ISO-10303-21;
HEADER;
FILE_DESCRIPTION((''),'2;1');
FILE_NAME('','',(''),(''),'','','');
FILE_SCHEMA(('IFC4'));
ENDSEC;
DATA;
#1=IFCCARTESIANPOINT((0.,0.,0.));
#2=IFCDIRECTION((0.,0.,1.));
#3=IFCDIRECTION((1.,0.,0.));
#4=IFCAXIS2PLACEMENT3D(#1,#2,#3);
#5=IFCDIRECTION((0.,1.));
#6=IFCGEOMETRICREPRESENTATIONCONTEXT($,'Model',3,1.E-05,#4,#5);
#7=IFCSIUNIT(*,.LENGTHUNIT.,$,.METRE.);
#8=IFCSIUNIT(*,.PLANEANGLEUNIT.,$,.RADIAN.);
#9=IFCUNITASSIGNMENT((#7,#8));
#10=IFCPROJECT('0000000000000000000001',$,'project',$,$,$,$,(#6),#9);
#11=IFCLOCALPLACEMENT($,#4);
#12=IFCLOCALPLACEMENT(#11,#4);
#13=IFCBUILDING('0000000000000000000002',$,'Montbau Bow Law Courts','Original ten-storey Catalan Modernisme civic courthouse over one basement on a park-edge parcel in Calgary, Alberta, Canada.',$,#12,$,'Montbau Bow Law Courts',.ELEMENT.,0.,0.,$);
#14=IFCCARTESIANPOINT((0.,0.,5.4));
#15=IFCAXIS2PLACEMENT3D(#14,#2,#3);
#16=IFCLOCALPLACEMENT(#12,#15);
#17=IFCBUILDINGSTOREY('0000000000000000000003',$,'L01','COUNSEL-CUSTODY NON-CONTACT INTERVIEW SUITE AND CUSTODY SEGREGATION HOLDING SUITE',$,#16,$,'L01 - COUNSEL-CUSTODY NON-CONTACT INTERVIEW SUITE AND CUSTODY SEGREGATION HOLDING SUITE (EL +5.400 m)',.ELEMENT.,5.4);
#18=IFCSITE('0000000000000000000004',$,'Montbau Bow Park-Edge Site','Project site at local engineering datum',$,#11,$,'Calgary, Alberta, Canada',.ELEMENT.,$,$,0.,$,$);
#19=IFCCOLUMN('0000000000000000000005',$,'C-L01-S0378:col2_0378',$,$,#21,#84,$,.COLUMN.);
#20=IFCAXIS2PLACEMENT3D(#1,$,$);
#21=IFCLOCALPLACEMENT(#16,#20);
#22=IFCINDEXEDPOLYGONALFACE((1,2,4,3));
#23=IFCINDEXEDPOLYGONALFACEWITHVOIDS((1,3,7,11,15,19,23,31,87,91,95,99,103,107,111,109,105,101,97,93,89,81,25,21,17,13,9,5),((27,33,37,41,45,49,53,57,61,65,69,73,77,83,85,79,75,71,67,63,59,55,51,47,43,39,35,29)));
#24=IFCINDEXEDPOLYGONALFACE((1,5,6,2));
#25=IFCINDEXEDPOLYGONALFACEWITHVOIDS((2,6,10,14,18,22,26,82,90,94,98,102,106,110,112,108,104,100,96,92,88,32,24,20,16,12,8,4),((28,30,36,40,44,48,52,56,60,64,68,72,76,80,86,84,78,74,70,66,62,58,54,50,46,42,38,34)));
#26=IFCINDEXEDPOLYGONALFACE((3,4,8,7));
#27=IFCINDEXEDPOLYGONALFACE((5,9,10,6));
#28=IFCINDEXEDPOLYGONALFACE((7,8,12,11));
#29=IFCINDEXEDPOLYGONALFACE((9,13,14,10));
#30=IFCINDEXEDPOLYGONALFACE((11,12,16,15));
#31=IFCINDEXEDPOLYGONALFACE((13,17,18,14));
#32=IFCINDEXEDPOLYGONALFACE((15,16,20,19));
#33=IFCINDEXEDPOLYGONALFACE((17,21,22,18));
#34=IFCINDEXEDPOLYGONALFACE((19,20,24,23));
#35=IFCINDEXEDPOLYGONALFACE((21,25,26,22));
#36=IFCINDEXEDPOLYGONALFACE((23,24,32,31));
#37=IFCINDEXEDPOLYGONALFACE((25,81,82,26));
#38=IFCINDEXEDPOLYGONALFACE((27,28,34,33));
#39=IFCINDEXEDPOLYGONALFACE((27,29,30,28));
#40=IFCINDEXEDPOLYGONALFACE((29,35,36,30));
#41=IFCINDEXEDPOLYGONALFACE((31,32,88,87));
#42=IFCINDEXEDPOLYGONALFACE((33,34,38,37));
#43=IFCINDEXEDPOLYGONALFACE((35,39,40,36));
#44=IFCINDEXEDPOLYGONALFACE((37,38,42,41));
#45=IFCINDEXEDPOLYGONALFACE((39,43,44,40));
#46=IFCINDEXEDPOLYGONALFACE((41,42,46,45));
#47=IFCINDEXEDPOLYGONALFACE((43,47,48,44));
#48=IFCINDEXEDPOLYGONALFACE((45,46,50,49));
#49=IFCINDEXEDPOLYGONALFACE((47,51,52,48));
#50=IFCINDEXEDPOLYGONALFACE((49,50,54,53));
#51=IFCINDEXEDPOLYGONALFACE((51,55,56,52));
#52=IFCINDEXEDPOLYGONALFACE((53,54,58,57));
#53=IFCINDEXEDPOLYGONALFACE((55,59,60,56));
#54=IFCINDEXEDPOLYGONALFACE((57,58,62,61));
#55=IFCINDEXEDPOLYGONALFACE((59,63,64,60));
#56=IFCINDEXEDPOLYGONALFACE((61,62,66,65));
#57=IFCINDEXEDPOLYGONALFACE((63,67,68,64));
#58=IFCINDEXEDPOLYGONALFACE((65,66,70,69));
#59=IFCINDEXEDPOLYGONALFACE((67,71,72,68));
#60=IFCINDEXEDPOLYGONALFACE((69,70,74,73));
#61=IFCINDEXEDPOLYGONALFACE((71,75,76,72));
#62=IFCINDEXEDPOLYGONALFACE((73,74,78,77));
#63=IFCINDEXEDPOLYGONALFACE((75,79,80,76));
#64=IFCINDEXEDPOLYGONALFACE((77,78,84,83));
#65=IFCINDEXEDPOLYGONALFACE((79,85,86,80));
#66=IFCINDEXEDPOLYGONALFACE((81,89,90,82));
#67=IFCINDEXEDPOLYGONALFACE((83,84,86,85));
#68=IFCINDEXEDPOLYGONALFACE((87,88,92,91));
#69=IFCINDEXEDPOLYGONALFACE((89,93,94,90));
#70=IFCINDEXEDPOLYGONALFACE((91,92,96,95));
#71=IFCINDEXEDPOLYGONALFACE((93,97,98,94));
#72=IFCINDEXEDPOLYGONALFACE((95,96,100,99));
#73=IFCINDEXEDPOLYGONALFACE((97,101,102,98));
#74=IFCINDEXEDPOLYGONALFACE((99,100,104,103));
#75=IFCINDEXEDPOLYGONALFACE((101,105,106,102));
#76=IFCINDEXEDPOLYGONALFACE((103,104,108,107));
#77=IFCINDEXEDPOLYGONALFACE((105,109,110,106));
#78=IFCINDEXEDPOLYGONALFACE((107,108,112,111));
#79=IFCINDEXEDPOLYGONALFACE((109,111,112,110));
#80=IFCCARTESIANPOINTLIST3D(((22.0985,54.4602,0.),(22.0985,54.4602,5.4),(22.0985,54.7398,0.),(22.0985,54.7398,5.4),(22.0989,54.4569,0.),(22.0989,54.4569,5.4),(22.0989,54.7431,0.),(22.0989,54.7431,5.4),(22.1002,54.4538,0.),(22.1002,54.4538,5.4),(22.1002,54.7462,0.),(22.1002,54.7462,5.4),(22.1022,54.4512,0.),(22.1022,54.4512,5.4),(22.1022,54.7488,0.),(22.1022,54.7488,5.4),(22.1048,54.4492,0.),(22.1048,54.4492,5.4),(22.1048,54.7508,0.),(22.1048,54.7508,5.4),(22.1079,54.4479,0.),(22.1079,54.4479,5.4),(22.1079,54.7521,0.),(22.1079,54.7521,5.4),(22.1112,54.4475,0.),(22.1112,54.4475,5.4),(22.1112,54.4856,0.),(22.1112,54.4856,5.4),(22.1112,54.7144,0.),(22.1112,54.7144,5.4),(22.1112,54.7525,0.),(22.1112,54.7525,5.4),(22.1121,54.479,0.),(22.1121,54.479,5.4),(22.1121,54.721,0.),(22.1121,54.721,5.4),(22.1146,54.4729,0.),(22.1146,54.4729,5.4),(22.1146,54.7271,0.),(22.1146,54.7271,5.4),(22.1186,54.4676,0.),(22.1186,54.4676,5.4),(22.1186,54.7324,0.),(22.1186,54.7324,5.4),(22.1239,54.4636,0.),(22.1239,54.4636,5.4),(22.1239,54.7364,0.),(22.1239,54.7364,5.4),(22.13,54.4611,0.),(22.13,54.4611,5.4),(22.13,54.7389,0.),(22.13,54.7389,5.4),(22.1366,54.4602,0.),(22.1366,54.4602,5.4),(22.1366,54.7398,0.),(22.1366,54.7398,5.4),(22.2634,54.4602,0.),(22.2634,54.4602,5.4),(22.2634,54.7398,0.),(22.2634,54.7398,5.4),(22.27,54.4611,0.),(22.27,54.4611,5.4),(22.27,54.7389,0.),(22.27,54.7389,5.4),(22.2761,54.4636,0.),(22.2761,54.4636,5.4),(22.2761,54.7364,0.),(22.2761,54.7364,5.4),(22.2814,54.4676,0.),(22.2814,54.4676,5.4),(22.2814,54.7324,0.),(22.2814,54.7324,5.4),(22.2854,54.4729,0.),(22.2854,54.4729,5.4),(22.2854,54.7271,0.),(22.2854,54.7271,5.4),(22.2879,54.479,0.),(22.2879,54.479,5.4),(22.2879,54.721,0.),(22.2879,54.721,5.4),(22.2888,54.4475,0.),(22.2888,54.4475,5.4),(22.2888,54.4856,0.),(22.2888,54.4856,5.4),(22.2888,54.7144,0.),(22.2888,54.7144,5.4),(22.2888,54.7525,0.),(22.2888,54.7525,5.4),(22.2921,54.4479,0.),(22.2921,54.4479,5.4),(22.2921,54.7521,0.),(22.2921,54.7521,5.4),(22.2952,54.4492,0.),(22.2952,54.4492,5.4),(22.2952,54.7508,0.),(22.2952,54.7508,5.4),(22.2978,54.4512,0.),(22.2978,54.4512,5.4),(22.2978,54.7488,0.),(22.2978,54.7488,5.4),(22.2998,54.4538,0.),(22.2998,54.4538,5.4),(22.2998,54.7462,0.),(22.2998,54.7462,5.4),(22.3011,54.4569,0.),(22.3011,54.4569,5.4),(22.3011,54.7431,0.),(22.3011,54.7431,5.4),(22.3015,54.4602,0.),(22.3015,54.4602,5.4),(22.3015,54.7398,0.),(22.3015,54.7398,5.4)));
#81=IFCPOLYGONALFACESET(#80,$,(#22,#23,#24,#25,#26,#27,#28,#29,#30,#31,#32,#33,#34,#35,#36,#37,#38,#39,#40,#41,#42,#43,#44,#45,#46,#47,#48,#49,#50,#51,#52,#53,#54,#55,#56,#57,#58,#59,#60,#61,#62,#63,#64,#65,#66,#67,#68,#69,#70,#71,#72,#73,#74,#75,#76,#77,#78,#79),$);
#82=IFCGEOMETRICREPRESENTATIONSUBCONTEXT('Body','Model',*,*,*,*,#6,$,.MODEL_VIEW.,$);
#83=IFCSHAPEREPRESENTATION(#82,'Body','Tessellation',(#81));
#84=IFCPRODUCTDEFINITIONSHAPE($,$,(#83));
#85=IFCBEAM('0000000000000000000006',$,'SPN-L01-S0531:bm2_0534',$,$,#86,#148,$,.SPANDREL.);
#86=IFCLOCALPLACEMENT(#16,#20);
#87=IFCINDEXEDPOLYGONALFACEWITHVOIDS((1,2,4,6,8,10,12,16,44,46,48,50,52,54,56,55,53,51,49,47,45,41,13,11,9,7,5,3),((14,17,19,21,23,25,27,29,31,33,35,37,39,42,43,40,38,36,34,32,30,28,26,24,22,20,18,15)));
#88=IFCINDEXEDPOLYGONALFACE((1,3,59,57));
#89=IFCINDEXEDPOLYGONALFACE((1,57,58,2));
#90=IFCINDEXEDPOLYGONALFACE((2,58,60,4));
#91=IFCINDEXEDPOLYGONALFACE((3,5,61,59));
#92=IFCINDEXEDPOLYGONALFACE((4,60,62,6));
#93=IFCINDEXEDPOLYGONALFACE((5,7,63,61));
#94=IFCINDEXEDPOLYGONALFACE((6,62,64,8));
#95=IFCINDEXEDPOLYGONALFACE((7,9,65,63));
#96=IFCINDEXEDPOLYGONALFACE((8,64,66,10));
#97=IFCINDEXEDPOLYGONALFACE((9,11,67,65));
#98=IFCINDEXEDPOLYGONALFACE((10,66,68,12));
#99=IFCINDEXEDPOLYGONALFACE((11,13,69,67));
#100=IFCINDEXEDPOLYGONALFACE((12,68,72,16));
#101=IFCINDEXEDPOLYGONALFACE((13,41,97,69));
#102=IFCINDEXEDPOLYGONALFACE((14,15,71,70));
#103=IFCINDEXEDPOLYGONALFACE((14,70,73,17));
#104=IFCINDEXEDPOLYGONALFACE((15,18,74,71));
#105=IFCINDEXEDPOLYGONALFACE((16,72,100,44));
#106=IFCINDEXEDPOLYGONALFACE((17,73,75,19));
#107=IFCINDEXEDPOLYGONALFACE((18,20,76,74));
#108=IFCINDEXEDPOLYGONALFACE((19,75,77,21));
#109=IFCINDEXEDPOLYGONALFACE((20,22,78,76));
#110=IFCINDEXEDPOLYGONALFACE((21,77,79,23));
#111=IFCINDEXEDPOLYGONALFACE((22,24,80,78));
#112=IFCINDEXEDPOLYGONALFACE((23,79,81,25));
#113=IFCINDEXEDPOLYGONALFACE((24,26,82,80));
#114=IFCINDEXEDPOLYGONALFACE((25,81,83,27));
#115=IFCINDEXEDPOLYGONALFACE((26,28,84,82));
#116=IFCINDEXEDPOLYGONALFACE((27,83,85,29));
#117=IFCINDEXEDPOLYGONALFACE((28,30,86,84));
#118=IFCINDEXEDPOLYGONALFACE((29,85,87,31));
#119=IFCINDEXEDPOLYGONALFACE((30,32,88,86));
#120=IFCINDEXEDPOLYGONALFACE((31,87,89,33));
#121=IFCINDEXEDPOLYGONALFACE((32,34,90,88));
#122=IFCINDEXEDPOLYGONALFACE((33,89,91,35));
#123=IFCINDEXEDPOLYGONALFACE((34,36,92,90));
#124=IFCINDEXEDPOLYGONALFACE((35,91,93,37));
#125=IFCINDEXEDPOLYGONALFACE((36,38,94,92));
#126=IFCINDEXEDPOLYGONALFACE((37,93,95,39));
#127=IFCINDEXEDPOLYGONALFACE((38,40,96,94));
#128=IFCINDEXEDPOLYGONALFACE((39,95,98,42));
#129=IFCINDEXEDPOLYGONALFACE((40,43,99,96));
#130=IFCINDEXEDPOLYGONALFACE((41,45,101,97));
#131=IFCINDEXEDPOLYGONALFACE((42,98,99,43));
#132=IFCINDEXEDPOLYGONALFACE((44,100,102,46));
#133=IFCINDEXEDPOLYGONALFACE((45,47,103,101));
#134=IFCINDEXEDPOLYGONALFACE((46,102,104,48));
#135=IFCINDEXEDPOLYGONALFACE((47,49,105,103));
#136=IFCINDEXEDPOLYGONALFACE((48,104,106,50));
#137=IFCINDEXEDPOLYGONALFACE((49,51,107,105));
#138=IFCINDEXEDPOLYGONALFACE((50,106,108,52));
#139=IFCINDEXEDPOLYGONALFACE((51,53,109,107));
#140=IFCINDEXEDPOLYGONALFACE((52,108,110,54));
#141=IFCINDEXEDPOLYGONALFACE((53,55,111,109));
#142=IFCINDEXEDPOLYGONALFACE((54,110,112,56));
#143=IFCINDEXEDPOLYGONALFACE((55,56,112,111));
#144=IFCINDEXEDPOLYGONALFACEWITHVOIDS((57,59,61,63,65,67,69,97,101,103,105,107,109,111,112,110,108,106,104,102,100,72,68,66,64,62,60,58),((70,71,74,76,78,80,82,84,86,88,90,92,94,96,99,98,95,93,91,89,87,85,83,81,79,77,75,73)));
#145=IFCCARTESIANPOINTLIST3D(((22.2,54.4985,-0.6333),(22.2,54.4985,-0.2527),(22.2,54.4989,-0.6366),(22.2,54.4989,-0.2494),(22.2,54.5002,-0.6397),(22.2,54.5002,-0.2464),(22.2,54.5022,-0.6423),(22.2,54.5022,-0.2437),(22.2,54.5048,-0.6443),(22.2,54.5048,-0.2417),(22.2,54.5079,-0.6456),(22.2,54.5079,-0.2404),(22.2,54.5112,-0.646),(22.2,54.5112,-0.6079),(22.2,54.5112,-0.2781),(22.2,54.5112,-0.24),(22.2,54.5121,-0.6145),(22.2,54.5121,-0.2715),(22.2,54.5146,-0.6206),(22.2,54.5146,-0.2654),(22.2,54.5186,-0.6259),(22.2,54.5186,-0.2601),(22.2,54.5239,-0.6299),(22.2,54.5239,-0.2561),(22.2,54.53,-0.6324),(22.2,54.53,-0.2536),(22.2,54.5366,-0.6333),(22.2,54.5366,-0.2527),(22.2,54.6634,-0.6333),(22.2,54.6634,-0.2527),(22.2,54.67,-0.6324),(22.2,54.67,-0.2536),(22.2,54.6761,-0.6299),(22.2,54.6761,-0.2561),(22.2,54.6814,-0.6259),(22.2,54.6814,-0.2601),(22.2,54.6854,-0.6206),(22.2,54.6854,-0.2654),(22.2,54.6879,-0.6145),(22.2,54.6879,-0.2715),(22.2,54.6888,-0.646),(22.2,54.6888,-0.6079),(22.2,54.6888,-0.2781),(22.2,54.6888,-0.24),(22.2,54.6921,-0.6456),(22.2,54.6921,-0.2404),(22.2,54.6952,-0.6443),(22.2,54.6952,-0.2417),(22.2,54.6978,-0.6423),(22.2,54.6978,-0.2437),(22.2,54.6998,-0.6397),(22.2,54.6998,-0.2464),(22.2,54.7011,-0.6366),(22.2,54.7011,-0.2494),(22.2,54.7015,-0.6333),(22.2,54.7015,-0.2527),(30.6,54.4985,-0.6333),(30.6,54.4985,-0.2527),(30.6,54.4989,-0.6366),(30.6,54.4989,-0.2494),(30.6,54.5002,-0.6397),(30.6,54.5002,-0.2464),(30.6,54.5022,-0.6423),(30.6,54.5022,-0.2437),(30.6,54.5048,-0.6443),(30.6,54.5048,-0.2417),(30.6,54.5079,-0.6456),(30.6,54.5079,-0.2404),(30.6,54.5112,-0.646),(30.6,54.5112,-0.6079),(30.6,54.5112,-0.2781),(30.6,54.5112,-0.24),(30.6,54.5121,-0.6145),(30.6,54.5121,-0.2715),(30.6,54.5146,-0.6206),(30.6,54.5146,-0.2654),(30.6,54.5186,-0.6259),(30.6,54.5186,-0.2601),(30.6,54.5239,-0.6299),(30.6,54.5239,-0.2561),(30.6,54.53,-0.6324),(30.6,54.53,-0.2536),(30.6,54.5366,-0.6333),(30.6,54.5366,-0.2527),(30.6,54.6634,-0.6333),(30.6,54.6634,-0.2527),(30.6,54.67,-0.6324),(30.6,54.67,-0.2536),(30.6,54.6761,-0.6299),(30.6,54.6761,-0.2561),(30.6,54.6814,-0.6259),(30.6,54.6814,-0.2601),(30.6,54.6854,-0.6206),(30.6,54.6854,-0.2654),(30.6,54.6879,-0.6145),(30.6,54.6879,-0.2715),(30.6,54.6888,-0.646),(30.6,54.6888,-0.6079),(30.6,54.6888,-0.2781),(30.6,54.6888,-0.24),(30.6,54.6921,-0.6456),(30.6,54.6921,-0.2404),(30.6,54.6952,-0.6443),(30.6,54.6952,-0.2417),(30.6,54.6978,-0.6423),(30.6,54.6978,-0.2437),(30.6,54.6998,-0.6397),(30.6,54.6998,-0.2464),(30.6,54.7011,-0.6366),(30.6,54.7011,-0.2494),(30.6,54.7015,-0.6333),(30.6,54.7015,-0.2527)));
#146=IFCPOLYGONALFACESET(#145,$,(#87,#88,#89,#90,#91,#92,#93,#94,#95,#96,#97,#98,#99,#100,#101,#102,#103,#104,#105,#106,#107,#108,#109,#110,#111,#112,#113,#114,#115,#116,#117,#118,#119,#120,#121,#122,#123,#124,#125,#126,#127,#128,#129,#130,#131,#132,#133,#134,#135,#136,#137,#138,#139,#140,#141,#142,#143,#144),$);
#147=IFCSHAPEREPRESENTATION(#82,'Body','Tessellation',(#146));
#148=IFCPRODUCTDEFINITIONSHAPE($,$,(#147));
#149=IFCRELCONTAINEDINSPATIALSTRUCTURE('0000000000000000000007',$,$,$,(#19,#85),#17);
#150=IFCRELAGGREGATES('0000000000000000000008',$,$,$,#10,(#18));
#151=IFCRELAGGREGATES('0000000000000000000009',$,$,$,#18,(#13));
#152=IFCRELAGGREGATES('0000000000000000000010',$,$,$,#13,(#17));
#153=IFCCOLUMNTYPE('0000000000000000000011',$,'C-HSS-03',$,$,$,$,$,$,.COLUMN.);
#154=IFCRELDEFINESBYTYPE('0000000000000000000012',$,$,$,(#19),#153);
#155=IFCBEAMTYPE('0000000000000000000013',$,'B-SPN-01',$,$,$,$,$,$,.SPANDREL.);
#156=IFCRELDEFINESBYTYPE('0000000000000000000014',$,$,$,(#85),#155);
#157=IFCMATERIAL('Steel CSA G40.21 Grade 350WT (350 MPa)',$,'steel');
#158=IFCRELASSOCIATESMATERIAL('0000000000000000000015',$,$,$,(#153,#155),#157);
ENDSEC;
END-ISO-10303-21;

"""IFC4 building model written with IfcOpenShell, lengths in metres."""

from ifc_helpers import new_model, si_unit, direction, frame, origin_with_axes, origin_2d_with_axis, place, context, subcontext, project, spatial, hollow_rectangle, extrude, material, material_profile, profile_set, type_object, element, save


model = new_model("IFC4")

# Units and contexts
model_context = context("Model", 3, precision=1e-05, world=origin_with_axes(), true_north=direction((0.0, 1.0)))
body_context = subcontext(model_context, "Body", "Model", "MODEL_VIEW")
ifc_project = project(units=[si_unit("LENGTHUNIT", "METRE"), si_unit("PLANEANGLEUNIT", "RADIAN")], contexts=[model_context])

# Site, building, storey
site_placement = place(None, origin_with_axes())
site = spatial("IfcSite", under=ifc_project, at=site_placement, Name="Montbau Bow Park-Edge Site", Description="Project site at local engineering datum", LongName="Calgary, Alberta, Canada", CompositionType="ELEMENT", RefElevation=0.0)
building_placement = place(site_placement, origin_with_axes())
building = spatial("IfcBuilding", under=site, at=building_placement, Name="Montbau Bow Law Courts", Description="Original ten-storey Catalan Modernisme civic courthouse over one basement on a park-edge parcel in Calgary, Alberta, Canada.", LongName="Montbau Bow Law Courts", CompositionType="ELEMENT", ElevationOfRefHeight=0.0, ElevationOfTerrain=0.0)
storey_placement = place(building_placement, frame((0.0, 0.0, 5.4), z_axis=(0.0, 0.0, 1.0), x_axis=(1.0, 0.0, 0.0)))
storey = spatial("IfcBuildingStorey", under=building, at=storey_placement, Name="L01", Description="COUNSEL-CUSTODY NON-CONTACT INTERVIEW SUITE AND CUSTODY SEGREGATION HOLDING SUITE", LongName="L01 - COUNSEL-CUSTODY NON-CONTACT INTERVIEW SUITE AND CUSTODY SEGREGATION HOLDING SUITE (EL +5.400 m)", CompositionType="ELEMENT", Elevation=5.4)

# Column
ifc_material_1 = material(Name="Steel CSA G40.21 Grade 350WT (350 MPa)", Category="steel")
ifc_material_profile_1 = material_profile(ifc_material_1, hollow_rectangle(XDim=0.203, YDim=0.305, WallThickness=0.0127, InnerFilletRadius=0.0254, OuterFilletRadius=0.0127, at=origin_2d_with_axis()), Name="HSS305X203X13", Category="Main", Priority=0)
ifc_profile_set_1 = profile_set([ifc_material_profile_1], Name="Steel CSA G40.21 Grade 350WT (350 MPa)")
column_type = type_object("IfcColumnType", Name="C-HSS-03", PredefinedType="COLUMN", material=ifc_profile_set_1)
column_placement = place(None, frame((22.2, 54.6, 5.4), z_axis=(0.0, 0.0, 1.0), x_axis=(1.0, 0.0, 0.0)))
element("IfcColumn", 1, at=column_placement, inside=storey, type_object=column_type, Name="C-L01-S0378:col2_0378", PredefinedType="COLUMN", context=body_context, shape_type="SweptSolid", body=[
    extrude(hollow_rectangle(XDim=0.203, YDim=0.305, WallThickness=0.0127, InnerFilletRadius=0.0254, OuterFilletRadius=0.0127, at=origin_2d_with_axis()), origin_with_axes(), (0.0, 0.0, 1.0), 5.4),
])

# Beam
ifc_material_profile_2 = material_profile(ifc_material_1, hollow_rectangle(XDim=0.203, YDim=0.406, WallThickness=0.0127, InnerFilletRadius=0.0254, OuterFilletRadius=0.0127, at=origin_2d_with_axis()), Name="HSS406X203X13", Category="Main", Priority=0)
ifc_profile_set_2 = profile_set([ifc_material_profile_2], Name="Steel CSA G40.21 Grade 350WT (350 MPa)")
beam_type = type_object("IfcBeamType", Name="B-SPN-01", PredefinedType="SPANDREL", material=ifc_profile_set_2)
beam_placement = place(None, frame((22.2, 54.6, 4.957), z_axis=(1.0, 0.0, 0.0), x_axis=(0.0, 1.0, 0.0)))
element("IfcBeam", 2, at=beam_placement, inside=storey, type_object=beam_type, Name="SPN-L01-S0531:bm2_0534", PredefinedType="SPANDREL", context=body_context, shape_type="SweptSolid", body=[
    extrude(hollow_rectangle(XDim=0.203, YDim=0.406, WallThickness=0.0127, InnerFilletRadius=0.0254, OuterFilletRadius=0.0127, at=origin_2d_with_axis()), origin_with_axes(), (0.0, 0.0, 1.0), 8.4),
])

save(model, "model.ifc")
